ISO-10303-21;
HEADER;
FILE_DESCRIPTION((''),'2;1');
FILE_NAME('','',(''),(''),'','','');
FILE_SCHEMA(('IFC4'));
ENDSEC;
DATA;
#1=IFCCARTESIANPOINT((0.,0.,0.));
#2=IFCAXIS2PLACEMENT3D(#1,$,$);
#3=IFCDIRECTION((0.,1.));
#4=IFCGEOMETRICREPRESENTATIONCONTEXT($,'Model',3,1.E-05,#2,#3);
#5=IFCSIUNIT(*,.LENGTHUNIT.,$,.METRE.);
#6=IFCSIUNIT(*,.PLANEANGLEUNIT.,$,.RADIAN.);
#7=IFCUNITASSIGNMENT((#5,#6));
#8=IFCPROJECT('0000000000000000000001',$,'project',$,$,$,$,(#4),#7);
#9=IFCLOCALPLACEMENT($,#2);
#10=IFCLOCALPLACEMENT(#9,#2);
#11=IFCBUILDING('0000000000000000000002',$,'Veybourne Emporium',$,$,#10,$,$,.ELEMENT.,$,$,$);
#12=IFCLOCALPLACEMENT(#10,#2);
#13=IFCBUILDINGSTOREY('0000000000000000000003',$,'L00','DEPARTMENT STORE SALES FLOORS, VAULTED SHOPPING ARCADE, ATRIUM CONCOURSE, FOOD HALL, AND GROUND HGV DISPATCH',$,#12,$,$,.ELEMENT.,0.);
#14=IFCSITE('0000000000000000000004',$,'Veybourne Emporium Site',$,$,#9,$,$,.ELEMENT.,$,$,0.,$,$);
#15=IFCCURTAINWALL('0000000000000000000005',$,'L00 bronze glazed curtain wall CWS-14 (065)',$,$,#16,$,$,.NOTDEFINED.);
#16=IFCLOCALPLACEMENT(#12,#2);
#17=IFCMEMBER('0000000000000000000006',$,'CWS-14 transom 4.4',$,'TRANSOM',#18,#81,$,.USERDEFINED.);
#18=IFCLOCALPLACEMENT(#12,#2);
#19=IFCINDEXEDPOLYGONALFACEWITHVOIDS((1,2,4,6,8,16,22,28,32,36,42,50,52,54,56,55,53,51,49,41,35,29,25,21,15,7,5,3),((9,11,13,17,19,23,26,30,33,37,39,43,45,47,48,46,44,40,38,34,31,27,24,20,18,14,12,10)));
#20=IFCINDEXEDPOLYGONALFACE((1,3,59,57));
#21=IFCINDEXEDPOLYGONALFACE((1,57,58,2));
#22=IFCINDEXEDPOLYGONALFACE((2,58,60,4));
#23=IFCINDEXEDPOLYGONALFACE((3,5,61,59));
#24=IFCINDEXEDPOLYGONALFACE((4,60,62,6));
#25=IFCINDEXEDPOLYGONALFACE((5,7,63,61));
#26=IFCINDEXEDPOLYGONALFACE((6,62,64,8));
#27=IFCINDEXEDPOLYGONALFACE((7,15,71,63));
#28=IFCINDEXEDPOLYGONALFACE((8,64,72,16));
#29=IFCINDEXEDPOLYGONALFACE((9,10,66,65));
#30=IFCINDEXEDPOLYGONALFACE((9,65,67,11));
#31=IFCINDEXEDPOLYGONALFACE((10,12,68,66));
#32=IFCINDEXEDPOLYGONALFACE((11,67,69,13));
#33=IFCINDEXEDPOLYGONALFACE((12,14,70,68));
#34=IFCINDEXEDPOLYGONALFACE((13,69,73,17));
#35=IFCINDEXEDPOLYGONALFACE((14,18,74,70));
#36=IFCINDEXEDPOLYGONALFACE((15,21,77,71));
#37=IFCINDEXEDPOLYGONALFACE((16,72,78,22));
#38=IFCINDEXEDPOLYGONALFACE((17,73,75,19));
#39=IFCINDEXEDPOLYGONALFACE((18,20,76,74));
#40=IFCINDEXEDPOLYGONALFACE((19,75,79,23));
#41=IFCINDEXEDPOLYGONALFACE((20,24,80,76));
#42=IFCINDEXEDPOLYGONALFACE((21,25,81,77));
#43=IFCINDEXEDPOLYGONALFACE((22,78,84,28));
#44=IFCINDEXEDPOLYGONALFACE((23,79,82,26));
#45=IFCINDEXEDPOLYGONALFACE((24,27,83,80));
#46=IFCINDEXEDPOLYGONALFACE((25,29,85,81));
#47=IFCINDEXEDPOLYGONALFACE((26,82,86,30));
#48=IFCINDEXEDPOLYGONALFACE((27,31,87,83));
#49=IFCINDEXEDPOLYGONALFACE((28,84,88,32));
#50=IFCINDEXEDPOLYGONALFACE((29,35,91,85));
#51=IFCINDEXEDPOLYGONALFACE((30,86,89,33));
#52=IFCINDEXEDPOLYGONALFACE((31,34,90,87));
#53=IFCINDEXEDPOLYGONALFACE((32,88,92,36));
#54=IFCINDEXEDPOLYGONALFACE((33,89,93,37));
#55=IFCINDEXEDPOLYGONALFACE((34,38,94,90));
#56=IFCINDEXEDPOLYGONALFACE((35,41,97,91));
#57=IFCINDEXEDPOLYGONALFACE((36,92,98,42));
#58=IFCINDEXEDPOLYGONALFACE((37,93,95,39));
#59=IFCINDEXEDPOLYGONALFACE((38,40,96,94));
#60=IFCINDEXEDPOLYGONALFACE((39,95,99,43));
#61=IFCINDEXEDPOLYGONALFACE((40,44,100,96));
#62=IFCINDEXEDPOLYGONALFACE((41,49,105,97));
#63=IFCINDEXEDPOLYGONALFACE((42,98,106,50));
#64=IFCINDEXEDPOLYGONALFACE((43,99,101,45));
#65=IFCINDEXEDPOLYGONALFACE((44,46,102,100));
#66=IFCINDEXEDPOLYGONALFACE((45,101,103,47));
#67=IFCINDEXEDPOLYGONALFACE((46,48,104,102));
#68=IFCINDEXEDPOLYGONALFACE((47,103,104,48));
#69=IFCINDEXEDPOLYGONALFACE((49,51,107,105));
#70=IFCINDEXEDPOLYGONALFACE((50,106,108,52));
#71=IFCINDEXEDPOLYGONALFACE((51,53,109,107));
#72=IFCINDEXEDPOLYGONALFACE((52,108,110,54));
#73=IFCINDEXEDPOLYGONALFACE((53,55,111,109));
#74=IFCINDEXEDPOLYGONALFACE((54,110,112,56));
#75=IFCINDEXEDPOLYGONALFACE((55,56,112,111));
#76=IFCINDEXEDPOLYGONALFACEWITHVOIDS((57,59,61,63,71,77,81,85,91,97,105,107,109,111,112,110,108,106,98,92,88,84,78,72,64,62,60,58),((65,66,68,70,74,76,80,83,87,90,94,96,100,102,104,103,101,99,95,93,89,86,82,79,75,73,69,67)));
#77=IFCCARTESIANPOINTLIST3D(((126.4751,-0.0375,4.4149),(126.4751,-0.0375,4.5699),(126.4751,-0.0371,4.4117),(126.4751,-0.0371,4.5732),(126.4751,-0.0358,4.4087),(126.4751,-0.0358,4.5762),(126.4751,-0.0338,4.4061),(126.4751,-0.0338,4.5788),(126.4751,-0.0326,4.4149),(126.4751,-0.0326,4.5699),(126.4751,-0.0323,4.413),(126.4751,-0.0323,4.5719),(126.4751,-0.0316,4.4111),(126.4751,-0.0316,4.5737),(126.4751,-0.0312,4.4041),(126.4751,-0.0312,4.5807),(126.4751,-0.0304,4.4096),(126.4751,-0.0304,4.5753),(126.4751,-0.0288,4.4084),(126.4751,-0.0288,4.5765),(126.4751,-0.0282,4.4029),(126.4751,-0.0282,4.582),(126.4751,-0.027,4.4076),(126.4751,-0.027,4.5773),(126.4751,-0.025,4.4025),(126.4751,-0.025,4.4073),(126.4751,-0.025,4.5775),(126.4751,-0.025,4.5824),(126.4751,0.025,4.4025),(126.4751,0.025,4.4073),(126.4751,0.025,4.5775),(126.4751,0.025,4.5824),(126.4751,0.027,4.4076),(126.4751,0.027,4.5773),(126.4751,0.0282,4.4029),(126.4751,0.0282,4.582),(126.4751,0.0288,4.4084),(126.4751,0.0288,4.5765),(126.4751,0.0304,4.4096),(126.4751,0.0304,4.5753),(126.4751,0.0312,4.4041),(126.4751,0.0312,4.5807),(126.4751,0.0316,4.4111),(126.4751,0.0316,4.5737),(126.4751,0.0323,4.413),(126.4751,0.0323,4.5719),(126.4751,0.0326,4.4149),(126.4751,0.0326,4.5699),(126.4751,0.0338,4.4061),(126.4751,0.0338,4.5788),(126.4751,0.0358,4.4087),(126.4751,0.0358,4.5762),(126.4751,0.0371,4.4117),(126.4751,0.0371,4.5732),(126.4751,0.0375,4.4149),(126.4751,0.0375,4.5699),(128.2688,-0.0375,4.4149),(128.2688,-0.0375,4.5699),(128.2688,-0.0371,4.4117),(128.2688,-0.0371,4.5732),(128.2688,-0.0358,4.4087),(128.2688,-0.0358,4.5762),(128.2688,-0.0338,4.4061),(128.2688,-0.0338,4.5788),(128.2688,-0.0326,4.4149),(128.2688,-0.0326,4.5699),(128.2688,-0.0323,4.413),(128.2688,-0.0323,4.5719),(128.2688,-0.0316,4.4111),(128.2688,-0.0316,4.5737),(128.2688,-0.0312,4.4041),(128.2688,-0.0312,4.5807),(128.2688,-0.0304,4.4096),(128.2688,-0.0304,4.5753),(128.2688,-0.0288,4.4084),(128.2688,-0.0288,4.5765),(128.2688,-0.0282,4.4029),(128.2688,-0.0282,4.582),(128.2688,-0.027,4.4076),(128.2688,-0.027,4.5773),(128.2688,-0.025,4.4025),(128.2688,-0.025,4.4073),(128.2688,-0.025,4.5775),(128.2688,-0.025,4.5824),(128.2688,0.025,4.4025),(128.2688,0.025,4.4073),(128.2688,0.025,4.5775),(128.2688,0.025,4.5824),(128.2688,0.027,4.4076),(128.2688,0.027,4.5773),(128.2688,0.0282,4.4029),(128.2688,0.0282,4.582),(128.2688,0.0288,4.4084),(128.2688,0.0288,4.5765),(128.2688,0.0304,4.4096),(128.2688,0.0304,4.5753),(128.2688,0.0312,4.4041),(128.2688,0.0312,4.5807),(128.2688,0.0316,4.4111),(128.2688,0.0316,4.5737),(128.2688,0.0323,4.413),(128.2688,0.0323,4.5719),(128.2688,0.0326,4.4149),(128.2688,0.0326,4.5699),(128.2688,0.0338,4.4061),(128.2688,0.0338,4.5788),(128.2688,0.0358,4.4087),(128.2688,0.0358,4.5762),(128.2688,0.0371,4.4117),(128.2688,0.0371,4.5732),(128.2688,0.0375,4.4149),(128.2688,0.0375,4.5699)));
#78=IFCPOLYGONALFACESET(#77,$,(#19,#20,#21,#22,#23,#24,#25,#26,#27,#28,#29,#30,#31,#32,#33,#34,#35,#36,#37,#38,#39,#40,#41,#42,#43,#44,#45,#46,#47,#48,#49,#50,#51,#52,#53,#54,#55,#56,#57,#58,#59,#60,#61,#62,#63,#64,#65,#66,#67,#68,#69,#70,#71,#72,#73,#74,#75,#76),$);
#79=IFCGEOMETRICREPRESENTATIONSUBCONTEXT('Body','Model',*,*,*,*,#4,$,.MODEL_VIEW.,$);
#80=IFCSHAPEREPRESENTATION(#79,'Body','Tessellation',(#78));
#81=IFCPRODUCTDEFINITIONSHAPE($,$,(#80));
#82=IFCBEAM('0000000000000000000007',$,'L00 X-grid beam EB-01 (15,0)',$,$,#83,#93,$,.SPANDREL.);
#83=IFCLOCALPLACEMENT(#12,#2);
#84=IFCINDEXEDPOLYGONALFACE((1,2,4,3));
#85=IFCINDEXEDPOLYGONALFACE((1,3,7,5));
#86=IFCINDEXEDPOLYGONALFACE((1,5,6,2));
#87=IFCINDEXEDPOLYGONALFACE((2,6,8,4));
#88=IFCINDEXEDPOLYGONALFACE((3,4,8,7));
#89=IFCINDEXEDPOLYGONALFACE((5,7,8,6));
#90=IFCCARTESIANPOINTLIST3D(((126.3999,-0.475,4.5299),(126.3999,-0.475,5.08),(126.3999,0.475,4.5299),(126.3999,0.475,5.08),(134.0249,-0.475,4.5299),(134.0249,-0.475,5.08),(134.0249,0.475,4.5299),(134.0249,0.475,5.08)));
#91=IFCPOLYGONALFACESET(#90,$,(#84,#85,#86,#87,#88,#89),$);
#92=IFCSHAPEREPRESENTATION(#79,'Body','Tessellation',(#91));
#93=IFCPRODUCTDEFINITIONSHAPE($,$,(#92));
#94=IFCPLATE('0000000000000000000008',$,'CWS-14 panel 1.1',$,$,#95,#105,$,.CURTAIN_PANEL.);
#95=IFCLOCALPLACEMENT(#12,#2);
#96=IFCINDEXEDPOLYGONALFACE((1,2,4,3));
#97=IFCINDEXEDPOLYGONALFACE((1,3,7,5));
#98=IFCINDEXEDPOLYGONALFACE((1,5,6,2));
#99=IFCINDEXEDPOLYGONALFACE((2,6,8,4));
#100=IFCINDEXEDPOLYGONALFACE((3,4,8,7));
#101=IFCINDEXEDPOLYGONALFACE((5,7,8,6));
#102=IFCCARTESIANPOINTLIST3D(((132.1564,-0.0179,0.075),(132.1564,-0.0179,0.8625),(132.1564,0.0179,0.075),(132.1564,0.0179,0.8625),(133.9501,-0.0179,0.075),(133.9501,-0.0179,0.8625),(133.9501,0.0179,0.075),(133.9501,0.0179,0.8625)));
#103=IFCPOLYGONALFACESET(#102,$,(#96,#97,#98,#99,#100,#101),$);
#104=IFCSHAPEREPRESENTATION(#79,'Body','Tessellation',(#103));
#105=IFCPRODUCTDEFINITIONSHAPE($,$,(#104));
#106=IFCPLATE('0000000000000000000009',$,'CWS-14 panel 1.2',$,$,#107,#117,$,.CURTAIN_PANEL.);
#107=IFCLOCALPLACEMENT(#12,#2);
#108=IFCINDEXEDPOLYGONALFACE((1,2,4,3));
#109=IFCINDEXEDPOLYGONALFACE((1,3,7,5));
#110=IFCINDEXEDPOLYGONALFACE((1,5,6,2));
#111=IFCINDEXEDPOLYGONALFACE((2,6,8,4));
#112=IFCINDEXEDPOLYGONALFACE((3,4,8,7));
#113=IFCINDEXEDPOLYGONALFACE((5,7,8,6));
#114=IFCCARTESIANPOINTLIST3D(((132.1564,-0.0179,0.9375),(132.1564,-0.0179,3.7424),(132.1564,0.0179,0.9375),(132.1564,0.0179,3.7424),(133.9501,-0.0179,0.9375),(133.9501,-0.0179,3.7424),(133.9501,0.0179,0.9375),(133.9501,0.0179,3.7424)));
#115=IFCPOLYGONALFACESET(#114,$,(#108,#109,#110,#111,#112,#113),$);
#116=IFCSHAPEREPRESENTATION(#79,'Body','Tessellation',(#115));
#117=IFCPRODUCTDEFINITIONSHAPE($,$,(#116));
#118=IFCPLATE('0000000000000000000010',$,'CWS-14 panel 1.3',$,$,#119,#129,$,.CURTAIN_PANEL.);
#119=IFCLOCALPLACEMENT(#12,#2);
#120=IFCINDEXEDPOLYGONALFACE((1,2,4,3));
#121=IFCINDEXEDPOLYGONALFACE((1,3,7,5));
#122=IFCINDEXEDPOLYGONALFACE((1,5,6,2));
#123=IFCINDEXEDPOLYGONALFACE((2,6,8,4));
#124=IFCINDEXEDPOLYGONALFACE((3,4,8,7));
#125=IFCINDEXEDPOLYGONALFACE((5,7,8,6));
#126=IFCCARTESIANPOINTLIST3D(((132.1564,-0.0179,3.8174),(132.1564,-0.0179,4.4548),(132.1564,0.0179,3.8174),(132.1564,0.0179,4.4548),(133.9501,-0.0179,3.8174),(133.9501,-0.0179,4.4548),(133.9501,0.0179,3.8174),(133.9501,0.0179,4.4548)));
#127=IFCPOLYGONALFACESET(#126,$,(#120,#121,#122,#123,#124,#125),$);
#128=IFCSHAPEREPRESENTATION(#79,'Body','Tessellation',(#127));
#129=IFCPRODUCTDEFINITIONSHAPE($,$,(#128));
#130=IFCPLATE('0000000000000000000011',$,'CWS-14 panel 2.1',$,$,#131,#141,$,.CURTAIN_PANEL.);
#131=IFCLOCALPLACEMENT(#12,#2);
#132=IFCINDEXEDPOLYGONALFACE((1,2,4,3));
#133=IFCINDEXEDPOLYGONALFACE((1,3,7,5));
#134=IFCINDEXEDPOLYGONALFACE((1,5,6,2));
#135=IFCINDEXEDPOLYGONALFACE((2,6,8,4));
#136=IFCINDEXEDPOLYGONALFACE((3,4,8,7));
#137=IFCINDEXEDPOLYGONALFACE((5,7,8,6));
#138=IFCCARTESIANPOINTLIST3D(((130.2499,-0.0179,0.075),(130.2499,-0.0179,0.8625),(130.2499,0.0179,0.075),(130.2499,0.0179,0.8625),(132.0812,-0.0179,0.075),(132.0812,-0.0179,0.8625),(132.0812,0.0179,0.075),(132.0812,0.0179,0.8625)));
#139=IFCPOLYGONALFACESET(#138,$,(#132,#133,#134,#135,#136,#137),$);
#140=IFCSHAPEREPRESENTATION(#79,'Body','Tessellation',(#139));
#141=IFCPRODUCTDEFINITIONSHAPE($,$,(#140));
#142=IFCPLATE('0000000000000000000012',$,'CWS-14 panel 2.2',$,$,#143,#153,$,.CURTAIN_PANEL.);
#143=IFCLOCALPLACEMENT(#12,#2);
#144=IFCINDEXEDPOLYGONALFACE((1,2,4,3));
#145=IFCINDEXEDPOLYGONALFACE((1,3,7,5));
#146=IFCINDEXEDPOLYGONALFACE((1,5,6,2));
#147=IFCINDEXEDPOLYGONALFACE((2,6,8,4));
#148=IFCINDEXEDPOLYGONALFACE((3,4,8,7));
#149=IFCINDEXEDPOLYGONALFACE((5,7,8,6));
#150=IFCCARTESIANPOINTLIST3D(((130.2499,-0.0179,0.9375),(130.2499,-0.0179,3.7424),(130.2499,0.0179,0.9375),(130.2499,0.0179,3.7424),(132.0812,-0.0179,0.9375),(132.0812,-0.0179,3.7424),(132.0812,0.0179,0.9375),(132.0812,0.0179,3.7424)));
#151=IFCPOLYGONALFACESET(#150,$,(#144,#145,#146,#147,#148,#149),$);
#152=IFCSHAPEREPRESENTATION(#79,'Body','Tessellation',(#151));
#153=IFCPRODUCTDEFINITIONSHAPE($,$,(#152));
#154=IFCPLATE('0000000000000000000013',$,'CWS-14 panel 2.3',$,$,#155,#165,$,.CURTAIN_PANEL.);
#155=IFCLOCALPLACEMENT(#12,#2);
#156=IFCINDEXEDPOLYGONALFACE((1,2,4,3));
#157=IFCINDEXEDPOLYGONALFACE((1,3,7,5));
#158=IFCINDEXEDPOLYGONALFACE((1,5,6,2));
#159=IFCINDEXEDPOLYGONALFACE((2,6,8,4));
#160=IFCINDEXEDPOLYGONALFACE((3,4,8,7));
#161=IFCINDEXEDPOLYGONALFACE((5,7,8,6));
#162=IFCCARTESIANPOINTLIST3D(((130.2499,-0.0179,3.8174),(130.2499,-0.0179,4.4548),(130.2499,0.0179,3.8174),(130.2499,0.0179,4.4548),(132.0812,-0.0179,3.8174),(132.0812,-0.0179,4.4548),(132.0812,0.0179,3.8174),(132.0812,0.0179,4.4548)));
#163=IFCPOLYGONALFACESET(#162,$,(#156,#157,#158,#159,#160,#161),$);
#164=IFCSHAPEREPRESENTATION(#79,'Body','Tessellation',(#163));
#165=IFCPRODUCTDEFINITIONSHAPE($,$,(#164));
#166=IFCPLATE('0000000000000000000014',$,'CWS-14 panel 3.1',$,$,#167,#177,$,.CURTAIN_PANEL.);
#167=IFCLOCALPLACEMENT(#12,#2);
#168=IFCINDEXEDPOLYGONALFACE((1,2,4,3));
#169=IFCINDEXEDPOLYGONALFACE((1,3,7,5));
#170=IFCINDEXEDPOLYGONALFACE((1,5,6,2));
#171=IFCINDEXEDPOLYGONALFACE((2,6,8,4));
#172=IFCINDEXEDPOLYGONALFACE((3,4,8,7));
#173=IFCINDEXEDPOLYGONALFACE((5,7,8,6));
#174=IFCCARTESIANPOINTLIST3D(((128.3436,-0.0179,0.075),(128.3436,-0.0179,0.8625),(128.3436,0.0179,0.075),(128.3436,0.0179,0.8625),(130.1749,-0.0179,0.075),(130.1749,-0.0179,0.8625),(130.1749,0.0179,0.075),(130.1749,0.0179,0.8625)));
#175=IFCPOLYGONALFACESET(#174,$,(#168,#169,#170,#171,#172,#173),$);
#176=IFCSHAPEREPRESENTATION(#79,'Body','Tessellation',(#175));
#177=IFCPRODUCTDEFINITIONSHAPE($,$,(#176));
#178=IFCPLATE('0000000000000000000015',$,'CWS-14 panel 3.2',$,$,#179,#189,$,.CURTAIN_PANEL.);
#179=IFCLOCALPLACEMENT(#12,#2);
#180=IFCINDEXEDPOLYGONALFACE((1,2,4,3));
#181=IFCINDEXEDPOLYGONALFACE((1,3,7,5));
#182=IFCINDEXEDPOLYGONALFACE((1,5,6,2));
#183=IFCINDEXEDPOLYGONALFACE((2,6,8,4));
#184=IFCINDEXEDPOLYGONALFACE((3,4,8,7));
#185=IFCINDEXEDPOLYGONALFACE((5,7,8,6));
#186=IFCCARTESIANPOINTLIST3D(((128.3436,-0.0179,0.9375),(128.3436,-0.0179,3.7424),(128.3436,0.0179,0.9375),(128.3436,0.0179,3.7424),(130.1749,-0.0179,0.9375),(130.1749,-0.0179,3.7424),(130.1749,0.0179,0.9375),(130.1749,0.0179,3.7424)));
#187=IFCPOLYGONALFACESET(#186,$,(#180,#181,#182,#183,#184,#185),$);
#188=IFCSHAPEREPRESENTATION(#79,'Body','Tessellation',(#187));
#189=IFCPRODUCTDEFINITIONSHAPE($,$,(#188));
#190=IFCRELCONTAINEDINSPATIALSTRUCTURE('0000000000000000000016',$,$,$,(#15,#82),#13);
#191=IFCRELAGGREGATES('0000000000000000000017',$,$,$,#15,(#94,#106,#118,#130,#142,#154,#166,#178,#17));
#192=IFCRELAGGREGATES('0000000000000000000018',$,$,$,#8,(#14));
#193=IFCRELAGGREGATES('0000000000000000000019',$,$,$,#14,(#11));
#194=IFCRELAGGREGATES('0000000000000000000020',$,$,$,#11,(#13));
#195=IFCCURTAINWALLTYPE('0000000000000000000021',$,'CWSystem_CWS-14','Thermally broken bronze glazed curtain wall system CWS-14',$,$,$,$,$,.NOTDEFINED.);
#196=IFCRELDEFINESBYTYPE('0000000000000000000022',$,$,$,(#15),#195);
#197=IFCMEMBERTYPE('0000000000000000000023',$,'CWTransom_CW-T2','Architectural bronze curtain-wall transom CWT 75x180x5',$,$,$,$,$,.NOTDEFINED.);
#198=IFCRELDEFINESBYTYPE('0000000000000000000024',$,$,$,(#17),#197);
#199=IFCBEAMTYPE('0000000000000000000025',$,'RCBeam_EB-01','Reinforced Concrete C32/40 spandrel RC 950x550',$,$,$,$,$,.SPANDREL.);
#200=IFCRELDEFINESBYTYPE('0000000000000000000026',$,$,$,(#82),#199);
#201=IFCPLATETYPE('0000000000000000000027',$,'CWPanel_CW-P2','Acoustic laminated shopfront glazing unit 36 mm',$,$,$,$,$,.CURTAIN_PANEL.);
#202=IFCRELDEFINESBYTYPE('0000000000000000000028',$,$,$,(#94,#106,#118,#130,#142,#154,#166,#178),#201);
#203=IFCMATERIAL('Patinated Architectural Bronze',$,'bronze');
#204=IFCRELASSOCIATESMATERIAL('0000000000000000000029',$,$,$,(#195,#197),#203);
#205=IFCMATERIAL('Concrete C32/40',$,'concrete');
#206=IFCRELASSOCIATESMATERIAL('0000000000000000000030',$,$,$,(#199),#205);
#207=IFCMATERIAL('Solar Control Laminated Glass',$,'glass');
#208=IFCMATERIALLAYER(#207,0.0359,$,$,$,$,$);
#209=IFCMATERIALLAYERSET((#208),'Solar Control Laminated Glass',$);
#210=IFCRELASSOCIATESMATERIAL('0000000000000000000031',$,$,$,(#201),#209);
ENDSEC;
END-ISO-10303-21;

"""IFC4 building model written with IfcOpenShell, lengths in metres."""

from ifc_helpers import new_model, si_unit, direction, frame, origin, origin_2d, place, context, subcontext, project, spatial, rectangle, hollow_rectangle, extrude, material, layer, layer_set, material_profile, profile_set, type_object, element, aggregate, save


model = new_model("IFC4")

# Units and contexts
model_context = context("Model", 3, precision=1e-05, world=origin(), true_north=direction((0.0, 1.0)))
body_context = subcontext(model_context, "Body", "Model", "MODEL_VIEW")
ifc_project = project(units=[si_unit("LENGTHUNIT", "METRE"), si_unit("PLANEANGLEUNIT", "RADIAN")], contexts=[model_context])

# Site, building, storey
site_placement = place(None, origin())
site = spatial("IfcSite", under=ifc_project, at=site_placement, Name="Veybourne Emporium Site", CompositionType="ELEMENT", RefElevation=0.0)
building_placement = place(site_placement, origin())
building = spatial("IfcBuilding", under=site, at=building_placement, Name="Veybourne Emporium", CompositionType="ELEMENT")
storey_placement = place(building_placement, origin())
storey = spatial("IfcBuildingStorey", under=building, at=storey_placement, Name="L00", Description="DEPARTMENT STORE SALES FLOORS, VAULTED SHOPPING ARCADE, ATRIUM CONCOURSE, FOOD HALL, AND GROUND HGV DISPATCH", CompositionType="ELEMENT", Elevation=0.0)

# Curtain wall, member
ifc_material_1 = material(Name="Patinated Architectural Bronze", Category="bronze")
curtain_wall_type = type_object("IfcCurtainWallType", Name="CWSystem_CWS-14", Description="Thermally broken bronze glazed curtain wall system CWS-14", PredefinedType="NOTDEFINED", material=ifc_material_1)
curtain_wall_placement = place(storey_placement, origin())
curtain_wall = element("IfcCurtainWall", 1, at=curtain_wall_placement, inside=storey, type_object=curtain_wall_type, Name="L00 bronze glazed curtain wall CWS-14 (065)", PredefinedType="NOTDEFINED")
ifc_material_profile_1 = material_profile(ifc_material_1, hollow_rectangle(XDim=0.075, YDim=0.1799, WallThickness=0.0049, InnerFilletRadius=0.0076, OuterFilletRadius=0.0125, at=origin_2d()), Name="CWT 75x180x5")
ifc_profile_set_1 = profile_set([ifc_material_profile_1], Name="Patinated Architectural Bronze")
member_type_1 = type_object("IfcMemberType", Name="CWTransom_CW-T2", Description="Architectural bronze curtain-wall transom CWT 75x180x5", PredefinedType="NOTDEFINED", material=ifc_profile_set_1)
member_1_placement = place(storey_placement, frame((128.2688, 0.0, 4.4924), z_axis=(-1.0, 0.0, 0.0), x_axis=(0.0, -1.0, 0.0)))
member_1 = element("IfcMember", 2, at=member_1_placement, type_object=member_type_1, Name="CWS-14 transom 4.4", ObjectType="TRANSOM", PredefinedType="USERDEFINED", context=body_context, shape_type="SweptSolid", body=[
    extrude(hollow_rectangle(XDim=0.075, YDim=0.1799, WallThickness=0.0049, InnerFilletRadius=0.0076, OuterFilletRadius=0.0125, at=origin_2d()), origin(), (0.0, 0.0, 1.0), 1.7937),
])

# Beam
ifc_material_2 = material(Name="Concrete C32/40", Category="concrete")
ifc_material_profile_2 = material_profile(ifc_material_2, rectangle(XDim=0.95, YDim=0.55, at=origin_2d()), Name="RC 950x550")
ifc_profile_set_2 = profile_set([ifc_material_profile_2], Name="Concrete C32/40")
beam_type = type_object("IfcBeamType", Name="RCBeam_EB-01", Description="Reinforced Concrete C32/40 spandrel RC 950x550", PredefinedType="SPANDREL", material=ifc_profile_set_2)
beam_placement = place(storey_placement, frame((126.3999, 0.0, 4.8049), z_axis=(1.0, 0.0, 0.0), x_axis=(0.0, 1.0, 0.0)))
element("IfcBeam", 3, at=beam_placement, inside=storey, type_object=beam_type, Name="L00 X-grid beam EB-01 (15,0)", PredefinedType="SPANDREL", context=body_context, shape_type="SweptSolid", body=[
    extrude(rectangle(XDim=0.95, YDim=0.55, at=origin_2d()), origin(), (0.0, 0.0, 1.0), 7.625),
])

# Plates
ifc_material_3 = material(Name="Solar Control Laminated Glass", Category="glass")
ifc_layer = layer(ifc_material_3, 0.0359)
ifc_layer_set = layer_set([ifc_layer], Name="Solar Control Laminated Glass")
plate_type = type_object("IfcPlateType", Name="CWPanel_CW-P2", Description="Acoustic laminated shopfront glazing unit 36 mm", PredefinedType="CURTAIN_PANEL", material=ifc_layer_set)
plate_1_placement = place(storey_placement, frame((133.0532, 0.0, 0.075), z_axis=(0.0, 0.0, 1.0), x_axis=(-1.0, 0.0, 0.0)))
plate_1 = element("IfcPlate", 4, at=plate_1_placement, type_object=plate_type, Name="CWS-14 panel 1.1", PredefinedType="CURTAIN_PANEL", context=body_context, shape_type="SweptSolid", body=[
    extrude(rectangle(XDim=1.7937, YDim=0.0359, at=origin_2d()), origin(), (0.0, 0.0, 1.0), 0.7876),
])
plate_2_placement = place(storey_placement, frame((133.0532, 0.0, 0.9375), z_axis=(0.0, 0.0, 1.0), x_axis=(-1.0, 0.0, 0.0)))
plate_2 = element("IfcPlate", 5, at=plate_2_placement, type_object=plate_type, Name="CWS-14 panel 1.2", PredefinedType="CURTAIN_PANEL", context=body_context, shape_type="SweptSolid", body=[
    extrude(rectangle(XDim=1.7937, YDim=0.0359, at=origin_2d()), origin(), (0.0, 0.0, 1.0), 2.8049),
])
plate_3_placement = place(storey_placement, frame((133.0532, 0.0, 3.8174), z_axis=(0.0, 0.0, 1.0), x_axis=(-1.0, 0.0, 0.0)))
plate_3 = element("IfcPlate", 6, at=plate_3_placement, type_object=plate_type, Name="CWS-14 panel 1.3", PredefinedType="CURTAIN_PANEL", context=body_context, shape_type="SweptSolid", body=[
    extrude(rectangle(XDim=1.7937, YDim=0.0359, at=origin_2d()), origin(), (0.0, 0.0, 1.0), 0.6375),
])
plate_4_placement = place(storey_placement, frame((131.1655, 0.0, 0.075), z_axis=(0.0, 0.0, 1.0), x_axis=(-1.0, 0.0, 0.0)))
plate_4 = element("IfcPlate", 7, at=plate_4_placement, type_object=plate_type, Name="CWS-14 panel 2.1", PredefinedType="CURTAIN_PANEL", context=body_context, shape_type="SweptSolid", body=[
    extrude(rectangle(XDim=1.8313, YDim=0.0359, at=origin_2d()), origin(), (0.0, 0.0, 1.0), 0.7876),
])
plate_5_placement = place(storey_placement, frame((131.1655, 0.0, 0.9375), z_axis=(0.0, 0.0, 1.0), x_axis=(-1.0, 0.0, 0.0)))
plate_5 = element("IfcPlate", 8, at=plate_5_placement, type_object=plate_type, Name="CWS-14 panel 2.2", PredefinedType="CURTAIN_PANEL", context=body_context, shape_type="SweptSolid", body=[
    extrude(rectangle(XDim=1.8313, YDim=0.0359, at=origin_2d()), origin(), (0.0, 0.0, 1.0), 2.8049),
])
plate_6_placement = place(storey_placement, frame((131.1655, 0.0, 3.8174), z_axis=(0.0, 0.0, 1.0), x_axis=(-1.0, 0.0, 0.0)))
plate_6 = element("IfcPlate", 9, at=plate_6_placement, type_object=plate_type, Name="CWS-14 panel 2.3", PredefinedType="CURTAIN_PANEL", context=body_context, shape_type="SweptSolid", body=[
    extrude(rectangle(XDim=1.8313, YDim=0.0359, at=origin_2d()), origin(), (0.0, 0.0, 1.0), 0.6375),
])
plate_7_placement = place(storey_placement, frame((129.2593, 0.0, 0.075), z_axis=(0.0, 0.0, 1.0), x_axis=(-1.0, 0.0, 0.0)))
plate_7 = element("IfcPlate", 10, at=plate_7_placement, type_object=plate_type, Name="CWS-14 panel 3.1", PredefinedType="CURTAIN_PANEL", context=body_context, shape_type="SweptSolid", body=[
    extrude(rectangle(XDim=1.8313, YDim=0.0359, at=origin_2d()), origin(), (0.0, 0.0, 1.0), 0.7876),
])
plate_8_placement = place(storey_placement, frame((129.2593, 0.0, 0.9375), z_axis=(0.0, 0.0, 1.0), x_axis=(-1.0, 0.0, 0.0)))
plate_8 = element("IfcPlate", 11, at=plate_8_placement, type_object=plate_type, Name="CWS-14 panel 3.2", PredefinedType="CURTAIN_PANEL", context=body_context, shape_type="SweptSolid", body=[
    extrude(rectangle(XDim=1.8313, YDim=0.0359, at=origin_2d()), origin(), (0.0, 0.0, 1.0), 2.8049),
])
aggregate(curtain_wall, [plate_1, plate_2, plate_3, plate_4, plate_5, plate_6, plate_7, plate_8, member_1])

save(model, "model.ifc")
